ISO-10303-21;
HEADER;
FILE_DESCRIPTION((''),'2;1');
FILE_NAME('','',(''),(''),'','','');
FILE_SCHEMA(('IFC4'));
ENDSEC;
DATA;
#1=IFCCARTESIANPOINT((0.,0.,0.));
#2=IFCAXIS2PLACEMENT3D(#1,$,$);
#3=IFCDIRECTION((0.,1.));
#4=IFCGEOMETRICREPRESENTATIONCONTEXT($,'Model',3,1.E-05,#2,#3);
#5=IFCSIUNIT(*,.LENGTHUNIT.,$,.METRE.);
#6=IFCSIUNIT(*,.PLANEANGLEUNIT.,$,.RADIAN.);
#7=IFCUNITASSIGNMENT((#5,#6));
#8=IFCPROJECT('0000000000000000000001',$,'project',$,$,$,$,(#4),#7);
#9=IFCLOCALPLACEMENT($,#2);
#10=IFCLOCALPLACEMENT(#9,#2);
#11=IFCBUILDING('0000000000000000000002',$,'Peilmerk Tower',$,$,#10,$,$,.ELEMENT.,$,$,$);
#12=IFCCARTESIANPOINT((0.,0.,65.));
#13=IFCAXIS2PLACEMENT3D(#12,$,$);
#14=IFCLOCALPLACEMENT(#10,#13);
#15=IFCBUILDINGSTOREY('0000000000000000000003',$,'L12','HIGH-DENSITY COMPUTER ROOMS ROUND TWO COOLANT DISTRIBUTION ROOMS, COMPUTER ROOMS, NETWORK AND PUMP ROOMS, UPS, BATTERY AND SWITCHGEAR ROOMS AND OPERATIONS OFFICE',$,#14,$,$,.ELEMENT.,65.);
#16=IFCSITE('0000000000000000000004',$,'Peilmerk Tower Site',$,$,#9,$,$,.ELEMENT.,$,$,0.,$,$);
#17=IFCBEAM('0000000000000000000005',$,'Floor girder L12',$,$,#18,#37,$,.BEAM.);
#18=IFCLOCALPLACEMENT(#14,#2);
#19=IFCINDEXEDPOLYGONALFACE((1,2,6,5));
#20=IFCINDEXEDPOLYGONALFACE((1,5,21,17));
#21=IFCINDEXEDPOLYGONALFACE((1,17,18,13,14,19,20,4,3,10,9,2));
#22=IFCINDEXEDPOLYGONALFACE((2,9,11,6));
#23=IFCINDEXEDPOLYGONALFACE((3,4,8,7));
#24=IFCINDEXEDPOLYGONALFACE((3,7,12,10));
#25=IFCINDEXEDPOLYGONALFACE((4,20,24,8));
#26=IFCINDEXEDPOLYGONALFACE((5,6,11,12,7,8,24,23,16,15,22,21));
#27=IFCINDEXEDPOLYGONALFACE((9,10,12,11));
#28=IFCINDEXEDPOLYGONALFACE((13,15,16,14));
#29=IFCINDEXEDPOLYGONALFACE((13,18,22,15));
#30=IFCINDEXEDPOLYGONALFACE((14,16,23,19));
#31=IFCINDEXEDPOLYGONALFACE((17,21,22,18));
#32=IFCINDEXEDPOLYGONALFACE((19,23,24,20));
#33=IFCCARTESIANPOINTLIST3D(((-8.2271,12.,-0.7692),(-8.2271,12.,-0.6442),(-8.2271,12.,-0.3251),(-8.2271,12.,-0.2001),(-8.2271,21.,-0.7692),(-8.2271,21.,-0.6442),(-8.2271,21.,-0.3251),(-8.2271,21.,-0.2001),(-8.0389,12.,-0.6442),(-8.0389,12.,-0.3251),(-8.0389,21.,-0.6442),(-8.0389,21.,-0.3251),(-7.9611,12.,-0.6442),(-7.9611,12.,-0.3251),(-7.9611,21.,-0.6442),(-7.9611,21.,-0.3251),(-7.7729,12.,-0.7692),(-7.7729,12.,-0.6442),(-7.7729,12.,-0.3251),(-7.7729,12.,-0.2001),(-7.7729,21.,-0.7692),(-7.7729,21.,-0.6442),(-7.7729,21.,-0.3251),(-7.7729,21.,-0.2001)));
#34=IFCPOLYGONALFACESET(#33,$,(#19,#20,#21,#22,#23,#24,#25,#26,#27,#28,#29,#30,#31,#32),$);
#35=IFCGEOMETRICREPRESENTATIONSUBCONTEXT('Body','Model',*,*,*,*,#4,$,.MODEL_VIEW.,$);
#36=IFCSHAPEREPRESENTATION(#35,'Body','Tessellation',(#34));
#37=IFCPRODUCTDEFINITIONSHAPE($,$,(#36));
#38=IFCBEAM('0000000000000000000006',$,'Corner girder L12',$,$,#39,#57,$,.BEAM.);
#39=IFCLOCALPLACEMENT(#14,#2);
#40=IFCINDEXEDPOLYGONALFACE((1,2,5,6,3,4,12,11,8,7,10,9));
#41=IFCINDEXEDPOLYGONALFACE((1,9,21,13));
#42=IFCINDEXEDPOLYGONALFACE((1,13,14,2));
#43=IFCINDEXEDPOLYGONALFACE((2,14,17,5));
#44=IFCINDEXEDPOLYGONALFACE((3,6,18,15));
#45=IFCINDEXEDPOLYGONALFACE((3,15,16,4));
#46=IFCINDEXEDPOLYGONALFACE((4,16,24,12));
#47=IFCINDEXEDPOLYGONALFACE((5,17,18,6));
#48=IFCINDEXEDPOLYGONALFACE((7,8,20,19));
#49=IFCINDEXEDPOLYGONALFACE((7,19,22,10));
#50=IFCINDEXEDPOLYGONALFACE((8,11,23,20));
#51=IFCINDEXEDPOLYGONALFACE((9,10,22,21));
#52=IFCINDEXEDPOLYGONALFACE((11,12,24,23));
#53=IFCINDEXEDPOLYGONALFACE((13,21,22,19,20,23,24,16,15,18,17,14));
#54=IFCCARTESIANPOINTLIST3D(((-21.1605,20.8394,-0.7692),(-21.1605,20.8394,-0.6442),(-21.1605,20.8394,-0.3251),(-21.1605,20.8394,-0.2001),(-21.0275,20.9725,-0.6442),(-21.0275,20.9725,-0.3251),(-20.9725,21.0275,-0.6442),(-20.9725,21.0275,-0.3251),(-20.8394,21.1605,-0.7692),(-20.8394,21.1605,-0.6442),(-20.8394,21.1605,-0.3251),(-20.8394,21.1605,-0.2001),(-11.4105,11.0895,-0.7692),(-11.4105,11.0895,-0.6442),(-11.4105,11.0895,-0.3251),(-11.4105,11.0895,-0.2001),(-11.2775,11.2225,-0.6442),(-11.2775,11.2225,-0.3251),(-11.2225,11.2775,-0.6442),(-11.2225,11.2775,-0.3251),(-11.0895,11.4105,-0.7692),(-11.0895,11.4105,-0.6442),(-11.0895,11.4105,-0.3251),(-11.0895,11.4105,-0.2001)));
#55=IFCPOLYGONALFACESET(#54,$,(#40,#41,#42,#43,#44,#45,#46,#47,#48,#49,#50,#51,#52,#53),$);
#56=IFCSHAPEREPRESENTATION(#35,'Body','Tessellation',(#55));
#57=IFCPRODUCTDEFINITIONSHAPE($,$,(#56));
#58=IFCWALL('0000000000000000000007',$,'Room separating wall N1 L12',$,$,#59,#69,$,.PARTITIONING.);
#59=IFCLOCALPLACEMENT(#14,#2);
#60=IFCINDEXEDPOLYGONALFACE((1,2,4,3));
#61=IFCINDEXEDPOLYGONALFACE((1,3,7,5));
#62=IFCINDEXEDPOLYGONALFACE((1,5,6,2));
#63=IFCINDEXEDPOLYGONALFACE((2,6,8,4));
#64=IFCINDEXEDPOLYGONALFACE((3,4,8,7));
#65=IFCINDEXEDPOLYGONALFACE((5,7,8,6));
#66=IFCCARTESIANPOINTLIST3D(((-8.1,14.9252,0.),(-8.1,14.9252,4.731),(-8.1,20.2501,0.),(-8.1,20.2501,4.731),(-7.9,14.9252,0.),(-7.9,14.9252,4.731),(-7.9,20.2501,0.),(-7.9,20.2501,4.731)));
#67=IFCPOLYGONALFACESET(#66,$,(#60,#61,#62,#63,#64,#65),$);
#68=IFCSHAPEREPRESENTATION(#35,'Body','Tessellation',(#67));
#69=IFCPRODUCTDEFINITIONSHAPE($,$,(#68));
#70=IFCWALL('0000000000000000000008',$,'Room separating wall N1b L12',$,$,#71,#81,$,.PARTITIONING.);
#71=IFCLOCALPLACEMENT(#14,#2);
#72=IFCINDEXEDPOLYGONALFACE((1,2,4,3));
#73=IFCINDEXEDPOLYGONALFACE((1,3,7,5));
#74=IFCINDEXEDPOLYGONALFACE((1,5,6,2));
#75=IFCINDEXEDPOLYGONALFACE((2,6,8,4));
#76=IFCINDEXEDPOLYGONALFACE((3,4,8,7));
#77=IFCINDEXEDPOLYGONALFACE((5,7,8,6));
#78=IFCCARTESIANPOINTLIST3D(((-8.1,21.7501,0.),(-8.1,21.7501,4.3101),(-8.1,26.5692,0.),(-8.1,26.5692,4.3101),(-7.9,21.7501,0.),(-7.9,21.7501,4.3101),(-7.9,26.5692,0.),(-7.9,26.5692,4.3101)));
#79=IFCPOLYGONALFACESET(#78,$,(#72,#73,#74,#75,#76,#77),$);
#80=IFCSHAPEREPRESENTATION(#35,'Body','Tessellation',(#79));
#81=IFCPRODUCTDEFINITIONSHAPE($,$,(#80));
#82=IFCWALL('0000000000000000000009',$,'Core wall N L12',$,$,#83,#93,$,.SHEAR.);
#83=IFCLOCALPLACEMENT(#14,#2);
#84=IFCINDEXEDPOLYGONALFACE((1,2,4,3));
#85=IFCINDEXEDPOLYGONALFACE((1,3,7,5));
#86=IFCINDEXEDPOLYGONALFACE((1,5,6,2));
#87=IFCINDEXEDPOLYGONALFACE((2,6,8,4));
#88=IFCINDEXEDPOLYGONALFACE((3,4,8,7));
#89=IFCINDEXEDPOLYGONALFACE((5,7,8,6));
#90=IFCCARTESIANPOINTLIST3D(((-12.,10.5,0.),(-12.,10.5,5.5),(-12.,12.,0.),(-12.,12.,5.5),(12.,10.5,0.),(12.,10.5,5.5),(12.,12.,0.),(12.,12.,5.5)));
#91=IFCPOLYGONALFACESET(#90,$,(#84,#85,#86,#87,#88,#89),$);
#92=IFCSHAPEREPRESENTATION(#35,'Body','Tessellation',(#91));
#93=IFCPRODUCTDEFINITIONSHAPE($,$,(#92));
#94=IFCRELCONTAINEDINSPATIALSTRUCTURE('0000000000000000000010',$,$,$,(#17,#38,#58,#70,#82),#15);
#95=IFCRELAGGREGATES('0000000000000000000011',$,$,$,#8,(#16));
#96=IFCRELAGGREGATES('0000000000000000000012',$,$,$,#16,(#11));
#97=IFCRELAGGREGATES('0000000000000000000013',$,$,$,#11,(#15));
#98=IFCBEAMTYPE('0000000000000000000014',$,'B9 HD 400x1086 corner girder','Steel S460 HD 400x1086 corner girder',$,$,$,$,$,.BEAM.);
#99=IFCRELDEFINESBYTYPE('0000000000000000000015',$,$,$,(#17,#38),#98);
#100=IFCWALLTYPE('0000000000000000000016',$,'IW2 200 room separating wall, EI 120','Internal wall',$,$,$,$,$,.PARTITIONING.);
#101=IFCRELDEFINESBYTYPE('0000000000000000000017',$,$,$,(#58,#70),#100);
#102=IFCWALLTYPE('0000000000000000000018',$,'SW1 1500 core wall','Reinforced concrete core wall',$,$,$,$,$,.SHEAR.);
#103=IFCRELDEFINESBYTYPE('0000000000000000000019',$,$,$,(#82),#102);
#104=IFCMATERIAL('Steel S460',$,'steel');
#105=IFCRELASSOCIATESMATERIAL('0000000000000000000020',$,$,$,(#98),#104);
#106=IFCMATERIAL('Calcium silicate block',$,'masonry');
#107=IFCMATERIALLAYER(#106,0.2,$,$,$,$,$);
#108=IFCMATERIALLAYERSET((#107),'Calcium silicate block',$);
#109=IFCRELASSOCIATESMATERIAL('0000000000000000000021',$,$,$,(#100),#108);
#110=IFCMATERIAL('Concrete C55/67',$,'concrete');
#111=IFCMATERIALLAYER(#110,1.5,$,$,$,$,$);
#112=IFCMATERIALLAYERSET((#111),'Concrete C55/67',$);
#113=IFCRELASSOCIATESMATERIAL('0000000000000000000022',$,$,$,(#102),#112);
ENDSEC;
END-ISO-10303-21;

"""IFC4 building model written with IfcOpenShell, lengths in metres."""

from ifc_helpers import new_model, si_unit, direction, frame, frame_2d, origin, origin_2d, place, context, subcontext, project, spatial, rectangle, i_section, extrude, material, layer, layer_set, material_profile, profile_set, type_object, element, save


model = new_model("IFC4")

# Units and contexts
model_context = context("Model", 3, precision=1e-05, world=origin(), true_north=direction((0.0, 1.0)))
body_context = subcontext(model_context, "Body", "Model", "MODEL_VIEW")
ifc_project = project(units=[si_unit("LENGTHUNIT", "METRE"), si_unit("PLANEANGLEUNIT", "RADIAN")], contexts=[model_context])

# Site, building, storey
site_placement = place(None, origin())
site = spatial("IfcSite", under=ifc_project, at=site_placement, Name="Peilmerk Tower Site", CompositionType="ELEMENT", RefElevation=0.0)
building_placement = place(site_placement, origin())
building = spatial("IfcBuilding", under=site, at=building_placement, Name="Peilmerk Tower", CompositionType="ELEMENT")
storey_placement = place(building_placement, frame((0.0, 0.0, 65.0)))
storey = spatial("IfcBuildingStorey", under=building, at=storey_placement, Name="L12", Description="HIGH-DENSITY COMPUTER ROOMS ROUND TWO COOLANT DISTRIBUTION ROOMS, COMPUTER ROOMS, NETWORK AND PUMP ROOMS, UPS, BATTERY AND SWITCHGEAR ROOMS AND OPERATIONS OFFICE", CompositionType="ELEMENT", Elevation=65.0)

# Beams
ifc_material_1 = material(Name="Steel S460", Category="steel")
ifc_material_profile_1 = material_profile(ifc_material_1, i_section(OverallWidth=0.4541, OverallDepth=0.5691, WebThickness=0.0779, FlangeThickness=0.125, at=origin_2d()), Name="HD 400x1086")
ifc_profile_set_1 = profile_set([ifc_material_profile_1], Name="Steel S460")
beam_type_1 = type_object("IfcBeamType", Name="B9 HD 400x1086 corner girder", Description="Steel S460 HD 400x1086 corner girder", PredefinedType="BEAM", material=ifc_profile_set_1)
for number, where, z_axis, x_axis, name in (
    (1, (-8.0, 12.0, -0.4846), (0.0, 1.0, 0.0), (-1.0, 0.0, 0.0), "Floor girder L12"),
):
    element("IfcBeam", number, at=place(storey_placement, frame(where, z_axis=z_axis, x_axis=x_axis)), inside=storey, type_object=beam_type_1, Name=name, PredefinedType="BEAM", context=body_context, shape_type="SweptSolid", body=[
        extrude(i_section(OverallWidth=0.4541, OverallDepth=0.5691, WebThickness=0.0779, FlangeThickness=0.125, at=origin_2d()), origin(), (0.0, 0.0, 1.0), 9.0),
    ])
beam_1_placement = place(storey_placement, frame((-11.25, 11.25, -0.4846), z_axis=(-0.707107, 0.707107, 0.0), x_axis=(-0.707107, -0.707107, 0.0)))
element("IfcBeam", 2, at=beam_1_placement, inside=storey, type_object=beam_type_1, Name="Corner girder L12", PredefinedType="BEAM", context=body_context, shape_type="SweptSolid", body=[
    extrude(i_section(OverallWidth=0.4541, OverallDepth=0.5691, WebThickness=0.0779, FlangeThickness=0.125, at=origin_2d()), origin(), (0.0, 0.0, 1.0), 13.7886),
])

# Walls
ifc_material_2 = material(Name="Calcium silicate block", Category="masonry")
ifc_layer_1 = layer(ifc_material_2, 0.2)
ifc_layer_set_1 = layer_set([ifc_layer_1], Name="Calcium silicate block")
wall_type_1 = type_object("IfcWallType", Name="IW2 200 room separating wall, EI 120", Description="Internal wall", PredefinedType="PARTITIONING", material=ifc_layer_set_1)
wall_1_placement = place(storey_placement, frame((-8.0, 14.925, 0.0), z_axis=(0.0, 0.0, 1.0), x_axis=(0.0, 1.0, 0.0)))
element("IfcWall", 3, at=wall_1_placement, inside=storey, type_object=wall_type_1, Name="Room separating wall N1 L12", PredefinedType="PARTITIONING", context=body_context, shape_type="SweptSolid", body=[
    extrude(rectangle(XDim=5.325, YDim=0.2, at=frame_2d((2.6626, 0.0))), origin(), (0.0, 0.0, 1.0), 4.731),
])
wall_2_placement = place(storey_placement, frame((-8.0, 21.75, 0.0), z_axis=(0.0, 0.0, 1.0), x_axis=(0.0, 1.0, 0.0)))
element("IfcWall", 4, at=wall_2_placement, inside=storey, type_object=wall_type_1, Name="Room separating wall N1b L12", PredefinedType="PARTITIONING", context=body_context, shape_type="SweptSolid", body=[
    extrude(rectangle(XDim=4.8191, YDim=0.2, at=frame_2d((2.4097, 0.0))), origin(), (0.0, 0.0, 1.0), 4.3101),
])
ifc_material_3 = material(Name="Concrete C55/67", Category="concrete")
ifc_layer_2 = layer(ifc_material_3, 1.5)
ifc_layer_set_2 = layer_set([ifc_layer_2], Name="Concrete C55/67")
wall_type_2 = type_object("IfcWallType", Name="SW1 1500 core wall", Description="Reinforced concrete core wall", PredefinedType="SHEAR", material=ifc_layer_set_2)
wall_3_placement = place(storey_placement, frame((-12.0, 11.25, 0.0), z_axis=(0.0, 0.0, 1.0), x_axis=(1.0, 0.0, 0.0)))
element("IfcWall", 5, at=wall_3_placement, inside=storey, type_object=wall_type_2, Name="Core wall N L12", PredefinedType="SHEAR", context=body_context, shape_type="SweptSolid", body=[
    extrude(rectangle(XDim=24.0, YDim=1.5, at=frame_2d((12.0, 0.0))), origin(), (0.0, 0.0, 1.0), 5.5),
])

save(model, "model.ifc")
